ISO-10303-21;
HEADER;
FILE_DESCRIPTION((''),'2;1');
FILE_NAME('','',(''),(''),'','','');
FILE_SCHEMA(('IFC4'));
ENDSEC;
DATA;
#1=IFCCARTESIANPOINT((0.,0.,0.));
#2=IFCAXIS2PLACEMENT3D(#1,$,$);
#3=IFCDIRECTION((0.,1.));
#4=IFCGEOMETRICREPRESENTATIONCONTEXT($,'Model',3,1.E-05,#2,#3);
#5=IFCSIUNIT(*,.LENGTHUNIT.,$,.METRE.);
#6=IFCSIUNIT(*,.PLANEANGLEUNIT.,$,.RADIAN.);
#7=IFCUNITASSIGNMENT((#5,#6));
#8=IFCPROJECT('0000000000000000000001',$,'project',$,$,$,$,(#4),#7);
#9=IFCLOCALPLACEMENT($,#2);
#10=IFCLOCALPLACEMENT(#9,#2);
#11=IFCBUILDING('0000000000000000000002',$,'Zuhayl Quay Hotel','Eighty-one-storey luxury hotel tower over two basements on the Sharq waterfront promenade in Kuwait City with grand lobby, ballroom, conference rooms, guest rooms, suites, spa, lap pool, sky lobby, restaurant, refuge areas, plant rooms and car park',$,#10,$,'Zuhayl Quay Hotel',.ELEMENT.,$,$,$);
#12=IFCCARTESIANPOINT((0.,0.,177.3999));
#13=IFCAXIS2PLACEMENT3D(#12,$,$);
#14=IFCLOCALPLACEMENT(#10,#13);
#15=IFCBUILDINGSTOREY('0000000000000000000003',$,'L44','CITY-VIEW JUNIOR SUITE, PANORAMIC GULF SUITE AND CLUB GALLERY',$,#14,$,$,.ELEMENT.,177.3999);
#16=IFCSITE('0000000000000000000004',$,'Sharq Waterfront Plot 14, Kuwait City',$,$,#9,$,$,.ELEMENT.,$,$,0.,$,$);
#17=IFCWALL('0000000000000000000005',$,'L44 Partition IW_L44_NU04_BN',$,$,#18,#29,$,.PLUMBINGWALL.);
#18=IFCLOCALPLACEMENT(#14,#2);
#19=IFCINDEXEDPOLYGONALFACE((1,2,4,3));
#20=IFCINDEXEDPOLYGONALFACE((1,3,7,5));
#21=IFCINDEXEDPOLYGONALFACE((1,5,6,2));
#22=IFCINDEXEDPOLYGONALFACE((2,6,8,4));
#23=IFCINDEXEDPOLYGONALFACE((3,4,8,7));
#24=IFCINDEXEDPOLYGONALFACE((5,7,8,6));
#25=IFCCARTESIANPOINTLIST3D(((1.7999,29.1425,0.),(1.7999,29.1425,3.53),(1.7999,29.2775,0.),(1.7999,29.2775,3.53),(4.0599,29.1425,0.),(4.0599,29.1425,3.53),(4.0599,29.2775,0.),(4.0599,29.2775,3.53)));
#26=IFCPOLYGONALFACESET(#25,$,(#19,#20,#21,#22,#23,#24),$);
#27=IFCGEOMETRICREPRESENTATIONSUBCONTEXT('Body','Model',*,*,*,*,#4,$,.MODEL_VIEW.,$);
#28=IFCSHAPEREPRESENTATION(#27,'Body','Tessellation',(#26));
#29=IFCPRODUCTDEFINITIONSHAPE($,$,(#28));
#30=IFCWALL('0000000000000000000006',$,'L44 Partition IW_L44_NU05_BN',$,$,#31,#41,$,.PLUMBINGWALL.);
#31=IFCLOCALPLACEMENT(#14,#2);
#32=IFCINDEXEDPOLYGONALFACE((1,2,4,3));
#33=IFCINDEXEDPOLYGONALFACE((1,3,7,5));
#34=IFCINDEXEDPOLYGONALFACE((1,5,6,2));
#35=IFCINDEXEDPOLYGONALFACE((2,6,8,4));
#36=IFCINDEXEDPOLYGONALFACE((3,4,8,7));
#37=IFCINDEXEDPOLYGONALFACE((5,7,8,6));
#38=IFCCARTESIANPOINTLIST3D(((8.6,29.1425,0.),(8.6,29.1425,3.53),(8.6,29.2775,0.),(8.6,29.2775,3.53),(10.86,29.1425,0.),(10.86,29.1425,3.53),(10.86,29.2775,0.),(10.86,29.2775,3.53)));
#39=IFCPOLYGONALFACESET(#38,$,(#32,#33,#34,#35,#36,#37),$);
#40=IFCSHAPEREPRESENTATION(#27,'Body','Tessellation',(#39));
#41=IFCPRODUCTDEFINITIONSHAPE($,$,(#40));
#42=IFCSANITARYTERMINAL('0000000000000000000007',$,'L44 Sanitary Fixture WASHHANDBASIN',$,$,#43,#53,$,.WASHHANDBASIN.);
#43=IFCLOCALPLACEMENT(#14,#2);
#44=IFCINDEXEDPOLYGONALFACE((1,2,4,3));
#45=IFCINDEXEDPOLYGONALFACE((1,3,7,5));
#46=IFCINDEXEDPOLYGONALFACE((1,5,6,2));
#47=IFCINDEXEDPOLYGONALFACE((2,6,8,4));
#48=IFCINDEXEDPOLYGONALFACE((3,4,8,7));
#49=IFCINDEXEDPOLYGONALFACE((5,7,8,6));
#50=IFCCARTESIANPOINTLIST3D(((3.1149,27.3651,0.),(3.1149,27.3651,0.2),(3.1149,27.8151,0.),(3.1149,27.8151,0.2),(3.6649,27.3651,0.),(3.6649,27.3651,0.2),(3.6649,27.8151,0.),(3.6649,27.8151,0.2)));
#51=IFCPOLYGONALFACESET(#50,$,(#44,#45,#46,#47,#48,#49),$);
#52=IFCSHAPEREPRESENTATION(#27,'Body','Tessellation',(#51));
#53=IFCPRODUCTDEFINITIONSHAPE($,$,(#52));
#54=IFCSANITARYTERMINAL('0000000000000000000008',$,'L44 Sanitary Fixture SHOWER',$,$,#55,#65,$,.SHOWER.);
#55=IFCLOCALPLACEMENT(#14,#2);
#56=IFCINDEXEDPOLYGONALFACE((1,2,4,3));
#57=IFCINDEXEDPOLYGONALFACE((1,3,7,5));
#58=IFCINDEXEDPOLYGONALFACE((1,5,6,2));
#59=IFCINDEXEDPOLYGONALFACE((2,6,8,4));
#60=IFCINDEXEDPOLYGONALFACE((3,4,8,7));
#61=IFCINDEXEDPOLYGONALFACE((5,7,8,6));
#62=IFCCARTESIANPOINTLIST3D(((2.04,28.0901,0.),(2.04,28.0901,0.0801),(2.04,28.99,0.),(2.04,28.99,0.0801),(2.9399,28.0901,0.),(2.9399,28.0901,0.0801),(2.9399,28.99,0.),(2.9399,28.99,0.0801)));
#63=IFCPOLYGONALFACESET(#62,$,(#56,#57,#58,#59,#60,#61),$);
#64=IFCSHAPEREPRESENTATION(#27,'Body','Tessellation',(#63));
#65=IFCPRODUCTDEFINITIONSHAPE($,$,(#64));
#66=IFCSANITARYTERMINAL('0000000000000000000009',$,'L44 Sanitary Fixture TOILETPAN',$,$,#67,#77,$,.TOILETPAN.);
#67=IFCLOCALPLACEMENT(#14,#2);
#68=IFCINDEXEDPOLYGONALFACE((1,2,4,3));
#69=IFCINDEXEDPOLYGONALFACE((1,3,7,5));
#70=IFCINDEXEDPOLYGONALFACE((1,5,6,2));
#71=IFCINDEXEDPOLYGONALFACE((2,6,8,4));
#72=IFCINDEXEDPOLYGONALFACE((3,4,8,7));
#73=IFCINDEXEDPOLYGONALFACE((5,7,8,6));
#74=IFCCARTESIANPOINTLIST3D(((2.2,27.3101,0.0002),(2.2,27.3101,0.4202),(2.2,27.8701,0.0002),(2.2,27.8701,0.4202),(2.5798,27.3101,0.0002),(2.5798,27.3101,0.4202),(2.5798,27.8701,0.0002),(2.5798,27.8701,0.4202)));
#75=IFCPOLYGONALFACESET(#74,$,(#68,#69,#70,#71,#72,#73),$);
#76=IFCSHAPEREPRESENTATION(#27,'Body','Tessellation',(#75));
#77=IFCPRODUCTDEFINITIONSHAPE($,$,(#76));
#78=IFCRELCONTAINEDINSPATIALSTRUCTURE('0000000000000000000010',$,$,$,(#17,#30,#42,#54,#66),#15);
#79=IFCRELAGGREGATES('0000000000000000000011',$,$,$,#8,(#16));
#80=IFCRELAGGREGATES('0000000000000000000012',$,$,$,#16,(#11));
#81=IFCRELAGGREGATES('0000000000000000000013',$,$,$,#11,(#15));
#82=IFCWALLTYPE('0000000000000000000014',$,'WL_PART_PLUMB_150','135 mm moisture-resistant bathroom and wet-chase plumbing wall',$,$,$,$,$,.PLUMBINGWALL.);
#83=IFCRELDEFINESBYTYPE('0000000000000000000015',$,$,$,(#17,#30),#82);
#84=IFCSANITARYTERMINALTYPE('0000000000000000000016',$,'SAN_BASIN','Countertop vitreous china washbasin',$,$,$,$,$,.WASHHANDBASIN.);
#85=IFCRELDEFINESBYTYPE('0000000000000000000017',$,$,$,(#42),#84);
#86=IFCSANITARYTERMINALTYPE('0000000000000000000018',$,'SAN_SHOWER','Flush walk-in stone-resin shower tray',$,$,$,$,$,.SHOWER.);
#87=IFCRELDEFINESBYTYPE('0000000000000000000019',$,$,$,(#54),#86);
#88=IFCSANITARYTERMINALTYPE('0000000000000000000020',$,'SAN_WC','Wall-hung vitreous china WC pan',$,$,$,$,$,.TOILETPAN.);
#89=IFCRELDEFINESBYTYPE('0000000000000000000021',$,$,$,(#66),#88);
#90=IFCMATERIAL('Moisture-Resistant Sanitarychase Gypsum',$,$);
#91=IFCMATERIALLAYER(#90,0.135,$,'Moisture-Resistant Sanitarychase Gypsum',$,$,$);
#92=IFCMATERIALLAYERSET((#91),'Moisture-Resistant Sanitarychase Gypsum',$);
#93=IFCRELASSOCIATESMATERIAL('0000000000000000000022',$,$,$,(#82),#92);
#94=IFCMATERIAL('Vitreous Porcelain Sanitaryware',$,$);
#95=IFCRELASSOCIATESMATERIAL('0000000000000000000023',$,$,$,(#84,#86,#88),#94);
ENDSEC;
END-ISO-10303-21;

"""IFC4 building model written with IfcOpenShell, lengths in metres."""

from ifc_helpers import new_model, si_unit, direction, frame, frame_2d, origin, origin_2d, place, context, subcontext, project, spatial, rectangle, extrude, material, layer, layer_set, type_object, element, save


model = new_model("IFC4")

# Units and contexts
model_context = context("Model", 3, precision=1e-05, world=origin(), true_north=direction((0.0, 1.0)))
body_context = subcontext(model_context, "Body", "Model", "MODEL_VIEW")
ifc_project = project(units=[si_unit("LENGTHUNIT", "METRE"), si_unit("PLANEANGLEUNIT", "RADIAN")], contexts=[model_context])

# Site, building, storey
site_placement = place(None, origin())
site = spatial("IfcSite", under=ifc_project, at=site_placement, Name="Sharq Waterfront Plot 14, Kuwait City", CompositionType="ELEMENT", RefElevation=0.0)
building_placement = place(site_placement, origin())
building = spatial("IfcBuilding", under=site, at=building_placement, Name="Zuhayl Quay Hotel", Description="Eighty-one-storey luxury hotel tower over two basements on the Sharq waterfront promenade in Kuwait City with grand lobby, ballroom, conference rooms, guest rooms, suites, spa, lap pool, sky lobby, restaurant, refuge areas, plant rooms and car park", LongName="Zuhayl Quay Hotel", CompositionType="ELEMENT")
storey_placement = place(building_placement, frame((0.0, 0.0, 177.3999)))
storey = spatial("IfcBuildingStorey", under=building, at=storey_placement, Name="L44", Description="CITY-VIEW JUNIOR SUITE, PANORAMIC GULF SUITE AND CLUB GALLERY", CompositionType="ELEMENT", Elevation=177.3999)

# Shared definitions
ifc_material_1 = material(Name="Moisture-Resistant Sanitarychase Gypsum")
ifc_layer_1 = layer(ifc_material_1, 0.135, Name="Moisture-Resistant Sanitarychase Gypsum")
ifc_layer_set_1 = layer_set([ifc_layer_1], Name="Moisture-Resistant Sanitarychase Gypsum")
wall_type_1 = type_object("IfcWallType", Name="WL_PART_PLUMB_150", Description="135 mm moisture-resistant bathroom and wet-chase plumbing wall", PredefinedType="PLUMBINGWALL", material=ifc_layer_set_1)

# Walls
for number, where, z_axis, x_axis, name in (
    (1, (1.8, 29.21, 0.0), (0.0, 0.0, 1.0), (1.0, 0.0, 0.0), "L44 Partition IW_L44_NU04_BN"),
    (2, (8.6001, 29.21, 0.0), (0.0, 0.0, 1.0), (1.0, 0.0, 0.0), "L44 Partition IW_L44_NU05_BN"),
):
    element("IfcWall", number, at=place(storey_placement, frame(where, z_axis=z_axis, x_axis=x_axis)), inside=storey, type_object=wall_type_1, Name=name, PredefinedType="PLUMBINGWALL", context=body_context, shape_type="SweptSolid", body=[
        extrude(rectangle(XDim=2.26, YDim=0.135, at=frame_2d((1.1299, 0.0))), origin(), (0.0, 0.0, 1.0), 3.53),
    ])

# Sanitary terminals
ifc_material_2 = material(Name="Vitreous Porcelain Sanitaryware")
sanitary_terminal_type_1 = type_object("IfcSanitaryTerminalType", Name="SAN_BASIN", Description="Countertop vitreous china washbasin", PredefinedType="WASHHANDBASIN", material=ifc_material_2)
sanitary_terminal_1_placement = place(storey_placement, frame((3.3899, 27.5901, 0.0), z_axis=(0.0, 0.0, 1.0), x_axis=(1.0, 0.0, 0.0)))
element("IfcSanitaryTerminal", 3, at=sanitary_terminal_1_placement, inside=storey, type_object=sanitary_terminal_type_1, Name="L44 Sanitary Fixture WASHHANDBASIN", PredefinedType="WASHHANDBASIN", context=body_context, shape_type="SweptSolid", body=[
    extrude(rectangle(XDim=0.55, YDim=0.45, at=origin_2d()), origin(), (0.0, 0.0, 1.0), 0.2),
])
sanitary_terminal_type_2 = type_object("IfcSanitaryTerminalType", Name="SAN_SHOWER", Description="Flush walk-in stone-resin shower tray", PredefinedType="SHOWER", material=ifc_material_2)
sanitary_terminal_2_placement = place(storey_placement, frame((2.49, 28.54, 0.0), z_axis=(0.0, 0.0, 1.0), x_axis=(1.0, 0.0, 0.0)))
element("IfcSanitaryTerminal", 4, at=sanitary_terminal_2_placement, inside=storey, type_object=sanitary_terminal_type_2, Name="L44 Sanitary Fixture SHOWER", PredefinedType="SHOWER", context=body_context, shape_type="SweptSolid", body=[
    extrude(rectangle(XDim=0.8999, YDim=0.8999, at=origin_2d()), origin(), (0.0, 0.0, 1.0), 0.0801),
])
sanitary_terminal_type_3 = type_object("IfcSanitaryTerminalType", Name="SAN_WC", Description="Wall-hung vitreous china WC pan", PredefinedType="TOILETPAN", material=ifc_material_2)
sanitary_terminal_3_placement = place(storey_placement, frame((2.3899, 27.5901, 0.0002), z_axis=(0.0, 0.0, 1.0), x_axis=(1.0, 0.0, 0.0)))
element("IfcSanitaryTerminal", 5, at=sanitary_terminal_3_placement, inside=storey, type_object=sanitary_terminal_type_3, Name="L44 Sanitary Fixture TOILETPAN", PredefinedType="TOILETPAN", context=body_context, shape_type="SweptSolid", body=[
    extrude(rectangle(XDim=0.3799, YDim=0.5601, at=origin_2d()), origin(), (0.0, 0.0, 1.0), 0.4199),
])

save(model, "model.ifc")
